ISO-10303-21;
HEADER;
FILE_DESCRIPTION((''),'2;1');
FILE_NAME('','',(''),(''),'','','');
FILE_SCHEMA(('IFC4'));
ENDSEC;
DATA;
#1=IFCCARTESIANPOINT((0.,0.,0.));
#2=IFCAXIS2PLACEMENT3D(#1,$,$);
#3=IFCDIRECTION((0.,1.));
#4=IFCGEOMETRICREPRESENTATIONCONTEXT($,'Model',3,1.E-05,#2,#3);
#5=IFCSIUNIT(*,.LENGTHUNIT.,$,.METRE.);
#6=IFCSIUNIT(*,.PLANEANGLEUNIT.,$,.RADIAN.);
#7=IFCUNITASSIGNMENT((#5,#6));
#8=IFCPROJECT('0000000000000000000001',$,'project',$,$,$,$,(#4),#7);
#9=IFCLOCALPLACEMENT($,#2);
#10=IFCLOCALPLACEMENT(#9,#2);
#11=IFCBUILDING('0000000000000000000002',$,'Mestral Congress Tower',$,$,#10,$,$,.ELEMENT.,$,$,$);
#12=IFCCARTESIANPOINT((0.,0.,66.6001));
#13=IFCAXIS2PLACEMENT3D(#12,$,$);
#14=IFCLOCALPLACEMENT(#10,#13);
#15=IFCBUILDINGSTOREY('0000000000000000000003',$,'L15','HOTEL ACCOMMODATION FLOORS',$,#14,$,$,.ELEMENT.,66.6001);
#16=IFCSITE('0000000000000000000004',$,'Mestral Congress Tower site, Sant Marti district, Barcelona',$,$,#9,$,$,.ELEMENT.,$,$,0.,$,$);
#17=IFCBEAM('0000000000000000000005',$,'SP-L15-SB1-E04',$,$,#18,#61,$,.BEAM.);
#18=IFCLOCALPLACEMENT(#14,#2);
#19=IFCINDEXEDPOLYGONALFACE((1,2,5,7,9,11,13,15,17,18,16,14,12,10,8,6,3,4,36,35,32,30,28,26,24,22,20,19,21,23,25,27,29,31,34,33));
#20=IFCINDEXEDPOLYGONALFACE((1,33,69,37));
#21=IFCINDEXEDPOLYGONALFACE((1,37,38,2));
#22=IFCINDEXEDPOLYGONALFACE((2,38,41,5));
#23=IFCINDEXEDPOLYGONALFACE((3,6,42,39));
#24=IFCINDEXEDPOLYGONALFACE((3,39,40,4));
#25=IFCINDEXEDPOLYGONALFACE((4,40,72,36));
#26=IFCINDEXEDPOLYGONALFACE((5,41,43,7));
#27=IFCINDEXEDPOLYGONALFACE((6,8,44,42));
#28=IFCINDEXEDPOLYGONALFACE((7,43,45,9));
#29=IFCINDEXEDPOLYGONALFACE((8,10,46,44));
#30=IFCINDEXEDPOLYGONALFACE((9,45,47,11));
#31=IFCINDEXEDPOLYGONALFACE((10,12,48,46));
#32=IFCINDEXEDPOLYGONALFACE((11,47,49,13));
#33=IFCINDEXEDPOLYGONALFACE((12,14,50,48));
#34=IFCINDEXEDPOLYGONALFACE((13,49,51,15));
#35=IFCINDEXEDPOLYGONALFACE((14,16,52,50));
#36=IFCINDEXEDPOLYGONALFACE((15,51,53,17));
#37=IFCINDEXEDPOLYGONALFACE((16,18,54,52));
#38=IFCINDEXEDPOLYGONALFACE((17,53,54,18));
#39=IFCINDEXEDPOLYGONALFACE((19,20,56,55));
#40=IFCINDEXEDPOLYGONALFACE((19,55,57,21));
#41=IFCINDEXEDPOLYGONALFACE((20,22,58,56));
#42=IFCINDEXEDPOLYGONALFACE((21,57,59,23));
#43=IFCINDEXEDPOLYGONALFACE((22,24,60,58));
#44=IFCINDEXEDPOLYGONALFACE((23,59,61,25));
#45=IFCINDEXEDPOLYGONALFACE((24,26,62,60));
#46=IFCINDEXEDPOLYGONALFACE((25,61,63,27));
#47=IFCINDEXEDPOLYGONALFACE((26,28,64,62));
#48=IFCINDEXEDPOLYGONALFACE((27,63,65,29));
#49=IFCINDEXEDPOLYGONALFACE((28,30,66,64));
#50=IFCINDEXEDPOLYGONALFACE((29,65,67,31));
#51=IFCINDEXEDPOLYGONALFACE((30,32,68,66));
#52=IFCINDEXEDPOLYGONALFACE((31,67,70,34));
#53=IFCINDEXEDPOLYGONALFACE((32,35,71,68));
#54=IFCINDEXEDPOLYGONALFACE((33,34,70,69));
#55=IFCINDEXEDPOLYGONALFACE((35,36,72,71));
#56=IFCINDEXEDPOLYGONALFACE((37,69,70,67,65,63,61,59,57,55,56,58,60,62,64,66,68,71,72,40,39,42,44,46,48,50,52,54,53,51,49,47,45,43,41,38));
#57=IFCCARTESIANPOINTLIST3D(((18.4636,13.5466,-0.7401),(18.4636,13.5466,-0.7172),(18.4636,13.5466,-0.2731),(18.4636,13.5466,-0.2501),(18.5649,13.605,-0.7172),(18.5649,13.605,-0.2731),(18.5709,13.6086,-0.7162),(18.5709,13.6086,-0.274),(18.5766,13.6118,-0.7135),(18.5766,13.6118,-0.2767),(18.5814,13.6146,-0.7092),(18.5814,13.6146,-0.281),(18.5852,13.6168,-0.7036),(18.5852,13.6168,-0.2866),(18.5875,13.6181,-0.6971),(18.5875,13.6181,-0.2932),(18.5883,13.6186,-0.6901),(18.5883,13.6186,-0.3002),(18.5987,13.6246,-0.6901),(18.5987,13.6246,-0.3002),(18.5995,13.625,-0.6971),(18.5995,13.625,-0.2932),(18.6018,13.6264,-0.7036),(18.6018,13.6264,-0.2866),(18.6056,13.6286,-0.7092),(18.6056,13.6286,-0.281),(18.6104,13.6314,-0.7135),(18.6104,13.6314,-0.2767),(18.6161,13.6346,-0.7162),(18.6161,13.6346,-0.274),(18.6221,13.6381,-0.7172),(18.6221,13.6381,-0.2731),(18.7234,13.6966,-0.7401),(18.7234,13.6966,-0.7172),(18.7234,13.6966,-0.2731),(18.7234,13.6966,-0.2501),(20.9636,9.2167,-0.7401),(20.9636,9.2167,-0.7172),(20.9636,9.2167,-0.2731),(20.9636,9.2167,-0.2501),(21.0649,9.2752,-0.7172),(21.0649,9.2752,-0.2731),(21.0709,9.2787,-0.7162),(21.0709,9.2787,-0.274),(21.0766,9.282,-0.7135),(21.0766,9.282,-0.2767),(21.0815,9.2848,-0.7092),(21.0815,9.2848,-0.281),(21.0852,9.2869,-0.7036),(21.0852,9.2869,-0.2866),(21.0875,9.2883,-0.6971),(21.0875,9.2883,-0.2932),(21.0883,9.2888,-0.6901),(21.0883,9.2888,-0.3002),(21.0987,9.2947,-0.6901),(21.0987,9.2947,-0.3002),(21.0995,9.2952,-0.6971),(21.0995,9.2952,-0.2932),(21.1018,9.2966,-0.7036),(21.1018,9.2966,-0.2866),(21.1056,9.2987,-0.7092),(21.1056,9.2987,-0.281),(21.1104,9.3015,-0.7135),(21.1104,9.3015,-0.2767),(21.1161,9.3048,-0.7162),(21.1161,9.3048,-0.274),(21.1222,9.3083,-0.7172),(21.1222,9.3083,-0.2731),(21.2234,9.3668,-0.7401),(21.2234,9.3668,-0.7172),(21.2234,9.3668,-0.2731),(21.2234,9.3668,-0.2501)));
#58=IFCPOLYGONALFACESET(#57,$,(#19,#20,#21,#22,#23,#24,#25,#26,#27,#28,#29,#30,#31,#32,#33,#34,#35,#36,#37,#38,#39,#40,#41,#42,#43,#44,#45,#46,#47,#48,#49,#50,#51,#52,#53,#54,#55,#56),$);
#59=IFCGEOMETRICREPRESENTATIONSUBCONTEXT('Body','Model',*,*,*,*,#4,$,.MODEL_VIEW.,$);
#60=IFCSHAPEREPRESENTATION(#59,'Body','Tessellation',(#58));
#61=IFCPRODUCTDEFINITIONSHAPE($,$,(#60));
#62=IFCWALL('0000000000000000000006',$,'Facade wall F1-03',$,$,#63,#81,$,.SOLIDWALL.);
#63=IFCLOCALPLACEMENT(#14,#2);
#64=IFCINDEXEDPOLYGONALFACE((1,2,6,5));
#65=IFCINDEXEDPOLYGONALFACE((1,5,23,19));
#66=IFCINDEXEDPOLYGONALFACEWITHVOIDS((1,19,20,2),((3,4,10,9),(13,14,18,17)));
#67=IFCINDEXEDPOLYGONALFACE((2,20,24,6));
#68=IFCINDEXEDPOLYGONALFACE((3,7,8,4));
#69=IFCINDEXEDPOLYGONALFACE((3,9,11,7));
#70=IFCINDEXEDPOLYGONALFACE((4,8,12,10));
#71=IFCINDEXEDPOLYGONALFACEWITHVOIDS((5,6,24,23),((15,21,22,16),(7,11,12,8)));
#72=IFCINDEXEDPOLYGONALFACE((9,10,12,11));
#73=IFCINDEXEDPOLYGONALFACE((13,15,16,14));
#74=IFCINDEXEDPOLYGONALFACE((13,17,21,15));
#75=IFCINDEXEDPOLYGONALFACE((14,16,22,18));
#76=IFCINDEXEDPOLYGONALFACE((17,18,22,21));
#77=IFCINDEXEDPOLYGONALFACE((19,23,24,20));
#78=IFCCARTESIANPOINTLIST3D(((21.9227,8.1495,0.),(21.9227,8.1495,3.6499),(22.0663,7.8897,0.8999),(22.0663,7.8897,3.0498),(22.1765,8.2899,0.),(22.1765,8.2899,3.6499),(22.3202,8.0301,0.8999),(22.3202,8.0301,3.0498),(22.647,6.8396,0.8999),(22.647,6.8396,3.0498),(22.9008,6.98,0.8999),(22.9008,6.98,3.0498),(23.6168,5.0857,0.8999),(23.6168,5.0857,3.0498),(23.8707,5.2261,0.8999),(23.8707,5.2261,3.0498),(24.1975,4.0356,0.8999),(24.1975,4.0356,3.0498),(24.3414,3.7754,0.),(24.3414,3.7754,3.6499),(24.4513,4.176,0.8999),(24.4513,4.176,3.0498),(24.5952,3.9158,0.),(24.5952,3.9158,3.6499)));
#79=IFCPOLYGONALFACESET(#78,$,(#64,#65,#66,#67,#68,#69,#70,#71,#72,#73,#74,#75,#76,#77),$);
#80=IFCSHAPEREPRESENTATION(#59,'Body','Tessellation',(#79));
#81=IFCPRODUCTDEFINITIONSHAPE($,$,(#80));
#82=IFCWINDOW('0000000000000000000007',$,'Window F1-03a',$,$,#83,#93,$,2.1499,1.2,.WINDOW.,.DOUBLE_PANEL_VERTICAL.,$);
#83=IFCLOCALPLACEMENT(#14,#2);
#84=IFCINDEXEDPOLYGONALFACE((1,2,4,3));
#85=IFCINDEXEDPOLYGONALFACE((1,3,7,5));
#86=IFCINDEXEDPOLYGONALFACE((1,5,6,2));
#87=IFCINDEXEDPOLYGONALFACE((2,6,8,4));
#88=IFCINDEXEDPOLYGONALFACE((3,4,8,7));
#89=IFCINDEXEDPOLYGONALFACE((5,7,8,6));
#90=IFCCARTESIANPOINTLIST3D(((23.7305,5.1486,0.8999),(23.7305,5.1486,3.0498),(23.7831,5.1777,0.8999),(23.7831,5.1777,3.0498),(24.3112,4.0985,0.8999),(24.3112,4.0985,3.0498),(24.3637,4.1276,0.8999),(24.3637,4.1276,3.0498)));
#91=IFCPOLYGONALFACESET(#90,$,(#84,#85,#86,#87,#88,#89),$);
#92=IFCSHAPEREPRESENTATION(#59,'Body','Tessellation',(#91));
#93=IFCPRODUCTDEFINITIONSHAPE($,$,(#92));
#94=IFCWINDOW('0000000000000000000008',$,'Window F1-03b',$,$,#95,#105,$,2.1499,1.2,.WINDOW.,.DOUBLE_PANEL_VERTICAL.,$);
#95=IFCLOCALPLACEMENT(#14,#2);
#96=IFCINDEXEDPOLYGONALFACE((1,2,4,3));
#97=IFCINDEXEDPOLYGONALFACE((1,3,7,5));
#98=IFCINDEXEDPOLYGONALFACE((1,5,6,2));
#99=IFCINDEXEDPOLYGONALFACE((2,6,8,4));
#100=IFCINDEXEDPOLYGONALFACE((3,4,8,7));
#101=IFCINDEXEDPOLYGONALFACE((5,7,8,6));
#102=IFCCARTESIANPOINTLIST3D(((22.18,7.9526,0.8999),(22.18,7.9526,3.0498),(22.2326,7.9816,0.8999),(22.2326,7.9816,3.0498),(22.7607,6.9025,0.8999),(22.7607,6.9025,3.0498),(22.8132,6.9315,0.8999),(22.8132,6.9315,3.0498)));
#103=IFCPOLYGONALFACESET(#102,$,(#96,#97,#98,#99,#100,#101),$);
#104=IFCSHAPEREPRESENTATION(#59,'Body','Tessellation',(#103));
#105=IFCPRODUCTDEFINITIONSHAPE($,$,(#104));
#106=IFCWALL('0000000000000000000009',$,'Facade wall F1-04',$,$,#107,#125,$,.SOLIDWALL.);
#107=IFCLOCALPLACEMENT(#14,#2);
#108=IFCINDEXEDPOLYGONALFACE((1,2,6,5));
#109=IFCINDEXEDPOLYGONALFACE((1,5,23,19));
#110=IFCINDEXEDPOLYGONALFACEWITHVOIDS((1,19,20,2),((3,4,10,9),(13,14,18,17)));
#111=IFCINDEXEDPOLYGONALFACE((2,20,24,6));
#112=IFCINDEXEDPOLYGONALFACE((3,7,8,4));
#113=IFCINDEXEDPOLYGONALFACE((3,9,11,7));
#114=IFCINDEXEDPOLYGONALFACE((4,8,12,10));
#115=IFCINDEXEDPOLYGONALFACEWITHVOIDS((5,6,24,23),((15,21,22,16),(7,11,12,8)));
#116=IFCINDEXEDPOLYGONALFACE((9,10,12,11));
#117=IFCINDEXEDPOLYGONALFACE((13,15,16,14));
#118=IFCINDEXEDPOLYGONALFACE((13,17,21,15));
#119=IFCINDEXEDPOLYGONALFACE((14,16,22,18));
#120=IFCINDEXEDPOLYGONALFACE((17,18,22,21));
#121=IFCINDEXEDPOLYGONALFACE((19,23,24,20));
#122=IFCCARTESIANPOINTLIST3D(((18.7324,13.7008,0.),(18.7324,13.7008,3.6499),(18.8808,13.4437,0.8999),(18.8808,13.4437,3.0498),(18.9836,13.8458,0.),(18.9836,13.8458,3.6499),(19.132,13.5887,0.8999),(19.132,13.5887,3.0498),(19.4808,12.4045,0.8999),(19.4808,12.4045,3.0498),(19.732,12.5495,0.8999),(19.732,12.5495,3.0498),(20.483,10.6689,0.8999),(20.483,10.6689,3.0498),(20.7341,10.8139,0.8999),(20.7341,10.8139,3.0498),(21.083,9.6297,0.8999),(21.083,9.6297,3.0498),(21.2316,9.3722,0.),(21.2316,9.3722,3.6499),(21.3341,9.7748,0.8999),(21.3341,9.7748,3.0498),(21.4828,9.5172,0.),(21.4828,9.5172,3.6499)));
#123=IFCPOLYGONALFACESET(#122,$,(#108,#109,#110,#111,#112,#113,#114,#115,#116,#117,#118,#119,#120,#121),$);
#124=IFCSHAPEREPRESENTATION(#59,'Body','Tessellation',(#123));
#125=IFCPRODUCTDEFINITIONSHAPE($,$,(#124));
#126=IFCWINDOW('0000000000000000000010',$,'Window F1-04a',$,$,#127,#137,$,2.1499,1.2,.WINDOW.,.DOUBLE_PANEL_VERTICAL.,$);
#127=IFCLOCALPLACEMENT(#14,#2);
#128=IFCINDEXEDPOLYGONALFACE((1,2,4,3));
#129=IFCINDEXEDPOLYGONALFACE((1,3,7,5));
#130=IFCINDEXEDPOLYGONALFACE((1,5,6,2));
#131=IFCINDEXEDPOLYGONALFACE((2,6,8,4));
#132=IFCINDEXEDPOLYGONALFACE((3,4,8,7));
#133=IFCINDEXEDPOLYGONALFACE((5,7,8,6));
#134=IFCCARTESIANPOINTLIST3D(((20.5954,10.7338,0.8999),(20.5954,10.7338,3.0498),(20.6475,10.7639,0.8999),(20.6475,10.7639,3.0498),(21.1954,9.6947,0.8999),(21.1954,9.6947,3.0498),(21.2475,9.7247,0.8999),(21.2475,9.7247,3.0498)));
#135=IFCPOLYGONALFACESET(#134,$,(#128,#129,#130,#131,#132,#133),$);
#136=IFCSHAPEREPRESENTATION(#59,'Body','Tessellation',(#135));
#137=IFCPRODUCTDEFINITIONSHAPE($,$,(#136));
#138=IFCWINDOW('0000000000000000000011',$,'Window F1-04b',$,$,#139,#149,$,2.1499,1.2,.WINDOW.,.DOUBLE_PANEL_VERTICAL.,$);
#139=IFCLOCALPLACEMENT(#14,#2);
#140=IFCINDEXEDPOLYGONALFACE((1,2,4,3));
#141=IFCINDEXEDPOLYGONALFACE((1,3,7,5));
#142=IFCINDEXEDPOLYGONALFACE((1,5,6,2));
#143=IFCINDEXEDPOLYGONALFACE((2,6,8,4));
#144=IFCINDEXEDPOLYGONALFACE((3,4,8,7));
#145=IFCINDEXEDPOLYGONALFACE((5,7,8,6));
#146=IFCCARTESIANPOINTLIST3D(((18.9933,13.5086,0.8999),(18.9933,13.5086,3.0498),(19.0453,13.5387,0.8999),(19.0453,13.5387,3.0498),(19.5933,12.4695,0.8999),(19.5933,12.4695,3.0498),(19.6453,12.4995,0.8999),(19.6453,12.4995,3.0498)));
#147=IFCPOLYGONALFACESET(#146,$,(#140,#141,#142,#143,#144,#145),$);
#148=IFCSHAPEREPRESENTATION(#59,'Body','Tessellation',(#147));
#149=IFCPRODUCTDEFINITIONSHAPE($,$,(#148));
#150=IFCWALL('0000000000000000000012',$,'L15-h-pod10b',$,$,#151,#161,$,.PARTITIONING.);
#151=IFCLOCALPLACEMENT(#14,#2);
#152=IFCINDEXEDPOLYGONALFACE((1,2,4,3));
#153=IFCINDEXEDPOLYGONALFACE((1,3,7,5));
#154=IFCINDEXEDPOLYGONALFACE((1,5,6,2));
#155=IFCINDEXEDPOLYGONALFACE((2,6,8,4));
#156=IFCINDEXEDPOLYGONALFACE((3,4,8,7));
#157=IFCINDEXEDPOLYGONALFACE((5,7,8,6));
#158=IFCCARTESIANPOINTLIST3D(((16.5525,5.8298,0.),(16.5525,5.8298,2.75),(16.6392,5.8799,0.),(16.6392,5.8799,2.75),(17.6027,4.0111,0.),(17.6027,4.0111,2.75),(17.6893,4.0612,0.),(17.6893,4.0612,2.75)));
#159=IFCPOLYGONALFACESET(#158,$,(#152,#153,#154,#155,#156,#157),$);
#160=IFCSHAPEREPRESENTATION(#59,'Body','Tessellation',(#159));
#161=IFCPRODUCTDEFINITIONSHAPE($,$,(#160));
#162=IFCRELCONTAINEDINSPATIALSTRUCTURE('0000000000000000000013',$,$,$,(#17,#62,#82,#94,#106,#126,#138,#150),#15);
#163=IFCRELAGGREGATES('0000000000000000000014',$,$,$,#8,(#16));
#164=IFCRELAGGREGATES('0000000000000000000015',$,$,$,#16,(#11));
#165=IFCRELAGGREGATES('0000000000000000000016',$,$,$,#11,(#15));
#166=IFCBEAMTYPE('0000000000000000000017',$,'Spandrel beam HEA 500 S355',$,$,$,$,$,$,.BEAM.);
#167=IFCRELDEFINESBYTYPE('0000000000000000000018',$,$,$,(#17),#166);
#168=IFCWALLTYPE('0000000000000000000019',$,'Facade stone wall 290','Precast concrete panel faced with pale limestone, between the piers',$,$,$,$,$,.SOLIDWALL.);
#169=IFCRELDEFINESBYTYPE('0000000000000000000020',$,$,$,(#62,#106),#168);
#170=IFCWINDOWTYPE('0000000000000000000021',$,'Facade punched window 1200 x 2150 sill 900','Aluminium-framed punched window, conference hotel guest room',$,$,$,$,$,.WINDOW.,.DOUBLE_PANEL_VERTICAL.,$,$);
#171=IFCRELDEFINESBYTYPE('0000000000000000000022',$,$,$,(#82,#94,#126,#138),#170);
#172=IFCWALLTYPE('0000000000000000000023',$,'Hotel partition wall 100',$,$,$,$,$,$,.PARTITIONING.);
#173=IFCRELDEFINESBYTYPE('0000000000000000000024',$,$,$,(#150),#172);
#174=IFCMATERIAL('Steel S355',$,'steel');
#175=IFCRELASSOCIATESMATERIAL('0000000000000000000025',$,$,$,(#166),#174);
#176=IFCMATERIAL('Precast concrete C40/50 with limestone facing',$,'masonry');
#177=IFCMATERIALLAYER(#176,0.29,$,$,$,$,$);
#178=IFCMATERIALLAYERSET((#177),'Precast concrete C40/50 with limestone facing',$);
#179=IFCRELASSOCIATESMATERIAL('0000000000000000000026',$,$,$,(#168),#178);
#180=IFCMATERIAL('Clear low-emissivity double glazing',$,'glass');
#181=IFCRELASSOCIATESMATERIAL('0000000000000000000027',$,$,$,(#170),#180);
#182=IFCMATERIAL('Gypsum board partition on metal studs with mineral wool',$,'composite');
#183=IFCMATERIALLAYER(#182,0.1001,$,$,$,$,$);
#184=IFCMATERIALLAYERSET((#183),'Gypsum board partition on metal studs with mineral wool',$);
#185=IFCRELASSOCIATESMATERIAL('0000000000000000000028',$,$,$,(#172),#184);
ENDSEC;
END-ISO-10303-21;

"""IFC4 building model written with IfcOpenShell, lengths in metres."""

from ifc_helpers import new_model, si_unit, direction, frame, frame_2d, origin, origin_2d, place, context, subcontext, project, spatial, rectangle, i_section, extrude, material, layer, layer_set, material_profile, profile_set, type_object, element, fill, save


model = new_model("IFC4")

# Units and contexts
model_context = context("Model", 3, precision=1e-05, world=origin(), true_north=direction((0.0, 1.0)))
body_context = subcontext(model_context, "Body", "Model", "MODEL_VIEW")
ifc_project = project(units=[si_unit("LENGTHUNIT", "METRE"), si_unit("PLANEANGLEUNIT", "RADIAN")], contexts=[model_context])

# Site, building, storey
site_placement = place(None, origin())
site = spatial("IfcSite", under=ifc_project, at=site_placement, Name="Mestral Congress Tower site, Sant Marti district, Barcelona", CompositionType="ELEMENT", RefElevation=0.0)
building_placement = place(site_placement, origin())
building = spatial("IfcBuilding", under=site, at=building_placement, Name="Mestral Congress Tower", CompositionType="ELEMENT")
storey_placement = place(building_placement, frame((0.0, 0.0, 66.6001)))
storey = spatial("IfcBuildingStorey", under=building, at=storey_placement, Name="L15", Description="HOTEL ACCOMMODATION FLOORS", CompositionType="ELEMENT", Elevation=66.6001)

# Beam
ifc_material_1 = material(Name="Steel S355", Category="steel")
ifc_material_profile_1 = material_profile(ifc_material_1, i_section(OverallWidth=0.3, OverallDepth=0.49, WebThickness=0.012, FlangeThickness=0.0229, FilletRadius=0.0271, at=origin_2d()), Name="HEA 500")
ifc_profile_set_1 = profile_set([ifc_material_profile_1], Name="Steel S355")
beam_type_1 = type_object("IfcBeamType", Name="Spandrel beam HEA 500 S355", PredefinedType="BEAM", material=ifc_profile_set_1)
for number, where, z_axis, x_axis, name in (
    (1, (21.0935, 9.2917, -0.4951), (-0.500025, 0.866011, 0.0), (-0.866011, -0.500025, 0.0), "SP-L15-SB1-E04"),
):
    element("IfcBeam", number, at=place(storey_placement, frame(where, z_axis=z_axis, x_axis=x_axis)), inside=storey, type_object=beam_type_1, Name=name, PredefinedType="BEAM", context=body_context, shape_type="SweptSolid", body=[
        extrude(i_section(OverallWidth=0.3, OverallDepth=0.49, WebThickness=0.012, FlangeThickness=0.0229, FilletRadius=0.0271, at=origin_2d()), origin(), (0.0, 0.0, 1.0), 4.9998),
    ])

# Walls, openings, windows
ifc_material_2 = material(Name="Precast concrete C40/50 with limestone facing", Category="masonry")
ifc_layer_1 = layer(ifc_material_2, 0.29)
ifc_layer_set_1 = layer_set([ifc_layer_1], Name="Precast concrete C40/50 with limestone facing")
wall_type_1 = type_object("IfcWallType", Name="Facade stone wall 290", Description="Precast concrete panel faced with pale limestone, between the piers", PredefinedType="SOLIDWALL", material=ifc_layer_set_1)
wall_1_placement = place(storey_placement, frame((24.4683, 3.8457, 0.0), z_axis=(0.0, 0.0, 1.0), x_axis=(-0.483913, 0.875116, 0.0)))
wall_1 = element("IfcWall", 2, at=wall_1_placement, inside=storey, type_object=wall_type_1, Name="Facade wall F1-03", PredefinedType="SOLIDWALL", context=body_context, shape_type="SweptSolid", body=[
    extrude(rectangle(XDim=4.9983, YDim=0.29, at=frame_2d((2.499, 0.0))), origin(), (0.0, 0.0, 1.0), 3.6499),
])
opening_1_placement = place(wall_1_placement, frame((0.2971, 0.0, 0.8999)))
opening_1 = element("IfcOpeningElement", 3, at=opening_1_placement, cuts=wall_1, PredefinedType="OPENING", context=body_context, shape_type="SweptSolid", body=[
    extrude(rectangle(XDim=1.2, YDim=2.1499, at=frame_2d((0.6001, 1.075))), frame((0.0, 0.155, 0.0), z_axis=(0.0, -1.0, 0.0), x_axis=(1.0, 0.0, 0.0)), (0.0, 0.0, 1.0), 0.3101),
])
opening_2_placement = place(wall_1_placement, frame((3.5012, 0.0, 0.8999)))
opening_2 = element("IfcOpeningElement", 4, at=opening_2_placement, cuts=wall_1, PredefinedType="OPENING", context=body_context, shape_type="SweptSolid", body=[
    extrude(rectangle(XDim=1.2, YDim=2.1499, at=frame_2d((0.6001, 1.075))), frame((0.0, 0.155, 0.0), z_axis=(0.0, -1.0, 0.0), x_axis=(1.0, 0.0, 0.0)), (0.0, 0.0, 1.0), 0.3101),
])
ifc_material_3 = material(Name="Clear low-emissivity double glazing", Category="glass")
window_type = type_object("IfcWindowType", Name="Facade punched window 1200 x 2150 sill 900", Description="Aluminium-framed punched window, conference hotel guest room", PartitioningType="DOUBLE_PANEL_VERTICAL", PredefinedType="WINDOW", material=ifc_material_3)
window_1_placement = place(opening_1_placement, origin())
window_1 = element("IfcWindow", 5, at=window_1_placement, inside=storey, type_object=window_type, Name="Window F1-03a", OverallHeight=2.1499, OverallWidth=1.2, PartitioningType="DOUBLE_PANEL_VERTICAL", PredefinedType="WINDOW", context=body_context, shape_type="SweptSolid", body=[
    extrude(rectangle(XDim=1.2, YDim=2.1499, at=frame_2d((0.6001, 1.075))), frame((0.0, 0.0151, 0.0), z_axis=(0.0, -1.0, 0.0), x_axis=(1.0, 0.0, 0.0)), (0.0, 0.0, 1.0), 0.0601),
])
fill(opening_1, window_1)
window_2_placement = place(opening_2_placement, origin())
window_2 = element("IfcWindow", 6, at=window_2_placement, inside=storey, type_object=window_type, Name="Window F1-03b", OverallHeight=2.1499, OverallWidth=1.2, PartitioningType="DOUBLE_PANEL_VERTICAL", PredefinedType="WINDOW", context=body_context, shape_type="SweptSolid", body=[
    extrude(rectangle(XDim=1.2, YDim=2.1499, at=frame_2d((0.6001, 1.075))), frame((0.0, 0.0151, 0.0), z_axis=(0.0, -1.0, 0.0), x_axis=(1.0, 0.0, 0.0)), (0.0, 0.0, 1.0), 0.0601),
])
fill(opening_2, window_2)
wall_2_placement = place(storey_placement, frame((21.3572, 9.4448, 0.0), z_axis=(0.0, 0.0, 1.0), x_axis=(-0.500021, 0.866013, 0.0)))
wall_2 = element("IfcWall", 7, at=wall_2_placement, inside=storey, type_object=wall_type_1, Name="Facade wall F1-04", PredefinedType="SOLIDWALL", context=body_context, shape_type="SweptSolid", body=[
    extrude(rectangle(XDim=4.9983, YDim=0.29, at=frame_2d((2.499, 0.0))), origin(), (0.0, 0.0, 1.0), 3.6499),
])
opening_3_placement = place(wall_2_placement, frame((0.2971, 0.0, 0.8999)))
opening_3 = element("IfcOpeningElement", 8, at=opening_3_placement, cuts=wall_2, PredefinedType="OPENING", context=body_context, shape_type="SweptSolid", body=[
    extrude(rectangle(XDim=1.2, YDim=2.1499, at=frame_2d((0.6001, 1.075))), frame((0.0, 0.155, 0.0), z_axis=(0.0, -1.0, 0.0), x_axis=(1.0, 0.0, 0.0)), (0.0, 0.0, 1.0), 0.3101),
])
opening_4_placement = place(wall_2_placement, frame((3.5012, 0.0, 0.8999)))
opening_4 = element("IfcOpeningElement", 9, at=opening_4_placement, cuts=wall_2, PredefinedType="OPENING", context=body_context, shape_type="SweptSolid", body=[
    extrude(rectangle(XDim=1.2, YDim=2.1499, at=frame_2d((0.6001, 1.075))), frame((0.0, 0.155, 0.0), z_axis=(0.0, -1.0, 0.0), x_axis=(1.0, 0.0, 0.0)), (0.0, 0.0, 1.0), 0.3101),
])
window_3_placement = place(opening_3_placement, origin())
window_3 = element("IfcWindow", 10, at=window_3_placement, inside=storey, type_object=window_type, Name="Window F1-04a", OverallHeight=2.1499, OverallWidth=1.2, PartitioningType="DOUBLE_PANEL_VERTICAL", PredefinedType="WINDOW", context=body_context, shape_type="SweptSolid", body=[
    extrude(rectangle(XDim=1.2, YDim=2.1499, at=frame_2d((0.6001, 1.075))), frame((0.0, 0.0151, 0.0), z_axis=(0.0, -1.0, 0.0), x_axis=(1.0, 0.0, 0.0)), (0.0, 0.0, 1.0), 0.0601),
])
fill(opening_3, window_3)
window_4_placement = place(opening_4_placement, origin())
window_4 = element("IfcWindow", 11, at=window_4_placement, inside=storey, type_object=window_type, Name="Window F1-04b", OverallHeight=2.1499, OverallWidth=1.2, PartitioningType="DOUBLE_PANEL_VERTICAL", PredefinedType="WINDOW", context=body_context, shape_type="SweptSolid", body=[
    extrude(rectangle(XDim=1.2, YDim=2.1499, at=frame_2d((0.6001, 1.075))), frame((0.0, 0.0151, 0.0), z_axis=(0.0, -1.0, 0.0), x_axis=(1.0, 0.0, 0.0)), (0.0, 0.0, 1.0), 0.0601),
])
fill(opening_4, window_4)

# Wall
ifc_material_4 = material(Name="Gypsum board partition on metal studs with mineral wool", Category="composite")
ifc_layer_2 = layer(ifc_material_4, 0.1001)
ifc_layer_set_2 = layer_set([ifc_layer_2], Name="Gypsum board partition on metal studs with mineral wool")
wall_type_2 = type_object("IfcWallType", Name="Hotel partition wall 100", PredefinedType="PARTITIONING", material=ifc_layer_set_2)
wall_3_placement = place(storey_placement, frame((17.646, 4.0361, 0.0), z_axis=(0.0, 0.0, 1.0), x_axis=(-0.500028, 0.866009, 0.0)))
element("IfcWall", 12, at=wall_3_placement, inside=storey, type_object=wall_type_2, Name="L15-h-pod10b", PredefinedType="PARTITIONING", context=body_context, shape_type="SweptSolid", body=[
    extrude(rectangle(XDim=2.1001, YDim=0.1001, at=frame_2d((1.05, 0.0))), origin(), (0.0, 0.0, 1.0), 2.75),
])

save(model, "model.ifc")
